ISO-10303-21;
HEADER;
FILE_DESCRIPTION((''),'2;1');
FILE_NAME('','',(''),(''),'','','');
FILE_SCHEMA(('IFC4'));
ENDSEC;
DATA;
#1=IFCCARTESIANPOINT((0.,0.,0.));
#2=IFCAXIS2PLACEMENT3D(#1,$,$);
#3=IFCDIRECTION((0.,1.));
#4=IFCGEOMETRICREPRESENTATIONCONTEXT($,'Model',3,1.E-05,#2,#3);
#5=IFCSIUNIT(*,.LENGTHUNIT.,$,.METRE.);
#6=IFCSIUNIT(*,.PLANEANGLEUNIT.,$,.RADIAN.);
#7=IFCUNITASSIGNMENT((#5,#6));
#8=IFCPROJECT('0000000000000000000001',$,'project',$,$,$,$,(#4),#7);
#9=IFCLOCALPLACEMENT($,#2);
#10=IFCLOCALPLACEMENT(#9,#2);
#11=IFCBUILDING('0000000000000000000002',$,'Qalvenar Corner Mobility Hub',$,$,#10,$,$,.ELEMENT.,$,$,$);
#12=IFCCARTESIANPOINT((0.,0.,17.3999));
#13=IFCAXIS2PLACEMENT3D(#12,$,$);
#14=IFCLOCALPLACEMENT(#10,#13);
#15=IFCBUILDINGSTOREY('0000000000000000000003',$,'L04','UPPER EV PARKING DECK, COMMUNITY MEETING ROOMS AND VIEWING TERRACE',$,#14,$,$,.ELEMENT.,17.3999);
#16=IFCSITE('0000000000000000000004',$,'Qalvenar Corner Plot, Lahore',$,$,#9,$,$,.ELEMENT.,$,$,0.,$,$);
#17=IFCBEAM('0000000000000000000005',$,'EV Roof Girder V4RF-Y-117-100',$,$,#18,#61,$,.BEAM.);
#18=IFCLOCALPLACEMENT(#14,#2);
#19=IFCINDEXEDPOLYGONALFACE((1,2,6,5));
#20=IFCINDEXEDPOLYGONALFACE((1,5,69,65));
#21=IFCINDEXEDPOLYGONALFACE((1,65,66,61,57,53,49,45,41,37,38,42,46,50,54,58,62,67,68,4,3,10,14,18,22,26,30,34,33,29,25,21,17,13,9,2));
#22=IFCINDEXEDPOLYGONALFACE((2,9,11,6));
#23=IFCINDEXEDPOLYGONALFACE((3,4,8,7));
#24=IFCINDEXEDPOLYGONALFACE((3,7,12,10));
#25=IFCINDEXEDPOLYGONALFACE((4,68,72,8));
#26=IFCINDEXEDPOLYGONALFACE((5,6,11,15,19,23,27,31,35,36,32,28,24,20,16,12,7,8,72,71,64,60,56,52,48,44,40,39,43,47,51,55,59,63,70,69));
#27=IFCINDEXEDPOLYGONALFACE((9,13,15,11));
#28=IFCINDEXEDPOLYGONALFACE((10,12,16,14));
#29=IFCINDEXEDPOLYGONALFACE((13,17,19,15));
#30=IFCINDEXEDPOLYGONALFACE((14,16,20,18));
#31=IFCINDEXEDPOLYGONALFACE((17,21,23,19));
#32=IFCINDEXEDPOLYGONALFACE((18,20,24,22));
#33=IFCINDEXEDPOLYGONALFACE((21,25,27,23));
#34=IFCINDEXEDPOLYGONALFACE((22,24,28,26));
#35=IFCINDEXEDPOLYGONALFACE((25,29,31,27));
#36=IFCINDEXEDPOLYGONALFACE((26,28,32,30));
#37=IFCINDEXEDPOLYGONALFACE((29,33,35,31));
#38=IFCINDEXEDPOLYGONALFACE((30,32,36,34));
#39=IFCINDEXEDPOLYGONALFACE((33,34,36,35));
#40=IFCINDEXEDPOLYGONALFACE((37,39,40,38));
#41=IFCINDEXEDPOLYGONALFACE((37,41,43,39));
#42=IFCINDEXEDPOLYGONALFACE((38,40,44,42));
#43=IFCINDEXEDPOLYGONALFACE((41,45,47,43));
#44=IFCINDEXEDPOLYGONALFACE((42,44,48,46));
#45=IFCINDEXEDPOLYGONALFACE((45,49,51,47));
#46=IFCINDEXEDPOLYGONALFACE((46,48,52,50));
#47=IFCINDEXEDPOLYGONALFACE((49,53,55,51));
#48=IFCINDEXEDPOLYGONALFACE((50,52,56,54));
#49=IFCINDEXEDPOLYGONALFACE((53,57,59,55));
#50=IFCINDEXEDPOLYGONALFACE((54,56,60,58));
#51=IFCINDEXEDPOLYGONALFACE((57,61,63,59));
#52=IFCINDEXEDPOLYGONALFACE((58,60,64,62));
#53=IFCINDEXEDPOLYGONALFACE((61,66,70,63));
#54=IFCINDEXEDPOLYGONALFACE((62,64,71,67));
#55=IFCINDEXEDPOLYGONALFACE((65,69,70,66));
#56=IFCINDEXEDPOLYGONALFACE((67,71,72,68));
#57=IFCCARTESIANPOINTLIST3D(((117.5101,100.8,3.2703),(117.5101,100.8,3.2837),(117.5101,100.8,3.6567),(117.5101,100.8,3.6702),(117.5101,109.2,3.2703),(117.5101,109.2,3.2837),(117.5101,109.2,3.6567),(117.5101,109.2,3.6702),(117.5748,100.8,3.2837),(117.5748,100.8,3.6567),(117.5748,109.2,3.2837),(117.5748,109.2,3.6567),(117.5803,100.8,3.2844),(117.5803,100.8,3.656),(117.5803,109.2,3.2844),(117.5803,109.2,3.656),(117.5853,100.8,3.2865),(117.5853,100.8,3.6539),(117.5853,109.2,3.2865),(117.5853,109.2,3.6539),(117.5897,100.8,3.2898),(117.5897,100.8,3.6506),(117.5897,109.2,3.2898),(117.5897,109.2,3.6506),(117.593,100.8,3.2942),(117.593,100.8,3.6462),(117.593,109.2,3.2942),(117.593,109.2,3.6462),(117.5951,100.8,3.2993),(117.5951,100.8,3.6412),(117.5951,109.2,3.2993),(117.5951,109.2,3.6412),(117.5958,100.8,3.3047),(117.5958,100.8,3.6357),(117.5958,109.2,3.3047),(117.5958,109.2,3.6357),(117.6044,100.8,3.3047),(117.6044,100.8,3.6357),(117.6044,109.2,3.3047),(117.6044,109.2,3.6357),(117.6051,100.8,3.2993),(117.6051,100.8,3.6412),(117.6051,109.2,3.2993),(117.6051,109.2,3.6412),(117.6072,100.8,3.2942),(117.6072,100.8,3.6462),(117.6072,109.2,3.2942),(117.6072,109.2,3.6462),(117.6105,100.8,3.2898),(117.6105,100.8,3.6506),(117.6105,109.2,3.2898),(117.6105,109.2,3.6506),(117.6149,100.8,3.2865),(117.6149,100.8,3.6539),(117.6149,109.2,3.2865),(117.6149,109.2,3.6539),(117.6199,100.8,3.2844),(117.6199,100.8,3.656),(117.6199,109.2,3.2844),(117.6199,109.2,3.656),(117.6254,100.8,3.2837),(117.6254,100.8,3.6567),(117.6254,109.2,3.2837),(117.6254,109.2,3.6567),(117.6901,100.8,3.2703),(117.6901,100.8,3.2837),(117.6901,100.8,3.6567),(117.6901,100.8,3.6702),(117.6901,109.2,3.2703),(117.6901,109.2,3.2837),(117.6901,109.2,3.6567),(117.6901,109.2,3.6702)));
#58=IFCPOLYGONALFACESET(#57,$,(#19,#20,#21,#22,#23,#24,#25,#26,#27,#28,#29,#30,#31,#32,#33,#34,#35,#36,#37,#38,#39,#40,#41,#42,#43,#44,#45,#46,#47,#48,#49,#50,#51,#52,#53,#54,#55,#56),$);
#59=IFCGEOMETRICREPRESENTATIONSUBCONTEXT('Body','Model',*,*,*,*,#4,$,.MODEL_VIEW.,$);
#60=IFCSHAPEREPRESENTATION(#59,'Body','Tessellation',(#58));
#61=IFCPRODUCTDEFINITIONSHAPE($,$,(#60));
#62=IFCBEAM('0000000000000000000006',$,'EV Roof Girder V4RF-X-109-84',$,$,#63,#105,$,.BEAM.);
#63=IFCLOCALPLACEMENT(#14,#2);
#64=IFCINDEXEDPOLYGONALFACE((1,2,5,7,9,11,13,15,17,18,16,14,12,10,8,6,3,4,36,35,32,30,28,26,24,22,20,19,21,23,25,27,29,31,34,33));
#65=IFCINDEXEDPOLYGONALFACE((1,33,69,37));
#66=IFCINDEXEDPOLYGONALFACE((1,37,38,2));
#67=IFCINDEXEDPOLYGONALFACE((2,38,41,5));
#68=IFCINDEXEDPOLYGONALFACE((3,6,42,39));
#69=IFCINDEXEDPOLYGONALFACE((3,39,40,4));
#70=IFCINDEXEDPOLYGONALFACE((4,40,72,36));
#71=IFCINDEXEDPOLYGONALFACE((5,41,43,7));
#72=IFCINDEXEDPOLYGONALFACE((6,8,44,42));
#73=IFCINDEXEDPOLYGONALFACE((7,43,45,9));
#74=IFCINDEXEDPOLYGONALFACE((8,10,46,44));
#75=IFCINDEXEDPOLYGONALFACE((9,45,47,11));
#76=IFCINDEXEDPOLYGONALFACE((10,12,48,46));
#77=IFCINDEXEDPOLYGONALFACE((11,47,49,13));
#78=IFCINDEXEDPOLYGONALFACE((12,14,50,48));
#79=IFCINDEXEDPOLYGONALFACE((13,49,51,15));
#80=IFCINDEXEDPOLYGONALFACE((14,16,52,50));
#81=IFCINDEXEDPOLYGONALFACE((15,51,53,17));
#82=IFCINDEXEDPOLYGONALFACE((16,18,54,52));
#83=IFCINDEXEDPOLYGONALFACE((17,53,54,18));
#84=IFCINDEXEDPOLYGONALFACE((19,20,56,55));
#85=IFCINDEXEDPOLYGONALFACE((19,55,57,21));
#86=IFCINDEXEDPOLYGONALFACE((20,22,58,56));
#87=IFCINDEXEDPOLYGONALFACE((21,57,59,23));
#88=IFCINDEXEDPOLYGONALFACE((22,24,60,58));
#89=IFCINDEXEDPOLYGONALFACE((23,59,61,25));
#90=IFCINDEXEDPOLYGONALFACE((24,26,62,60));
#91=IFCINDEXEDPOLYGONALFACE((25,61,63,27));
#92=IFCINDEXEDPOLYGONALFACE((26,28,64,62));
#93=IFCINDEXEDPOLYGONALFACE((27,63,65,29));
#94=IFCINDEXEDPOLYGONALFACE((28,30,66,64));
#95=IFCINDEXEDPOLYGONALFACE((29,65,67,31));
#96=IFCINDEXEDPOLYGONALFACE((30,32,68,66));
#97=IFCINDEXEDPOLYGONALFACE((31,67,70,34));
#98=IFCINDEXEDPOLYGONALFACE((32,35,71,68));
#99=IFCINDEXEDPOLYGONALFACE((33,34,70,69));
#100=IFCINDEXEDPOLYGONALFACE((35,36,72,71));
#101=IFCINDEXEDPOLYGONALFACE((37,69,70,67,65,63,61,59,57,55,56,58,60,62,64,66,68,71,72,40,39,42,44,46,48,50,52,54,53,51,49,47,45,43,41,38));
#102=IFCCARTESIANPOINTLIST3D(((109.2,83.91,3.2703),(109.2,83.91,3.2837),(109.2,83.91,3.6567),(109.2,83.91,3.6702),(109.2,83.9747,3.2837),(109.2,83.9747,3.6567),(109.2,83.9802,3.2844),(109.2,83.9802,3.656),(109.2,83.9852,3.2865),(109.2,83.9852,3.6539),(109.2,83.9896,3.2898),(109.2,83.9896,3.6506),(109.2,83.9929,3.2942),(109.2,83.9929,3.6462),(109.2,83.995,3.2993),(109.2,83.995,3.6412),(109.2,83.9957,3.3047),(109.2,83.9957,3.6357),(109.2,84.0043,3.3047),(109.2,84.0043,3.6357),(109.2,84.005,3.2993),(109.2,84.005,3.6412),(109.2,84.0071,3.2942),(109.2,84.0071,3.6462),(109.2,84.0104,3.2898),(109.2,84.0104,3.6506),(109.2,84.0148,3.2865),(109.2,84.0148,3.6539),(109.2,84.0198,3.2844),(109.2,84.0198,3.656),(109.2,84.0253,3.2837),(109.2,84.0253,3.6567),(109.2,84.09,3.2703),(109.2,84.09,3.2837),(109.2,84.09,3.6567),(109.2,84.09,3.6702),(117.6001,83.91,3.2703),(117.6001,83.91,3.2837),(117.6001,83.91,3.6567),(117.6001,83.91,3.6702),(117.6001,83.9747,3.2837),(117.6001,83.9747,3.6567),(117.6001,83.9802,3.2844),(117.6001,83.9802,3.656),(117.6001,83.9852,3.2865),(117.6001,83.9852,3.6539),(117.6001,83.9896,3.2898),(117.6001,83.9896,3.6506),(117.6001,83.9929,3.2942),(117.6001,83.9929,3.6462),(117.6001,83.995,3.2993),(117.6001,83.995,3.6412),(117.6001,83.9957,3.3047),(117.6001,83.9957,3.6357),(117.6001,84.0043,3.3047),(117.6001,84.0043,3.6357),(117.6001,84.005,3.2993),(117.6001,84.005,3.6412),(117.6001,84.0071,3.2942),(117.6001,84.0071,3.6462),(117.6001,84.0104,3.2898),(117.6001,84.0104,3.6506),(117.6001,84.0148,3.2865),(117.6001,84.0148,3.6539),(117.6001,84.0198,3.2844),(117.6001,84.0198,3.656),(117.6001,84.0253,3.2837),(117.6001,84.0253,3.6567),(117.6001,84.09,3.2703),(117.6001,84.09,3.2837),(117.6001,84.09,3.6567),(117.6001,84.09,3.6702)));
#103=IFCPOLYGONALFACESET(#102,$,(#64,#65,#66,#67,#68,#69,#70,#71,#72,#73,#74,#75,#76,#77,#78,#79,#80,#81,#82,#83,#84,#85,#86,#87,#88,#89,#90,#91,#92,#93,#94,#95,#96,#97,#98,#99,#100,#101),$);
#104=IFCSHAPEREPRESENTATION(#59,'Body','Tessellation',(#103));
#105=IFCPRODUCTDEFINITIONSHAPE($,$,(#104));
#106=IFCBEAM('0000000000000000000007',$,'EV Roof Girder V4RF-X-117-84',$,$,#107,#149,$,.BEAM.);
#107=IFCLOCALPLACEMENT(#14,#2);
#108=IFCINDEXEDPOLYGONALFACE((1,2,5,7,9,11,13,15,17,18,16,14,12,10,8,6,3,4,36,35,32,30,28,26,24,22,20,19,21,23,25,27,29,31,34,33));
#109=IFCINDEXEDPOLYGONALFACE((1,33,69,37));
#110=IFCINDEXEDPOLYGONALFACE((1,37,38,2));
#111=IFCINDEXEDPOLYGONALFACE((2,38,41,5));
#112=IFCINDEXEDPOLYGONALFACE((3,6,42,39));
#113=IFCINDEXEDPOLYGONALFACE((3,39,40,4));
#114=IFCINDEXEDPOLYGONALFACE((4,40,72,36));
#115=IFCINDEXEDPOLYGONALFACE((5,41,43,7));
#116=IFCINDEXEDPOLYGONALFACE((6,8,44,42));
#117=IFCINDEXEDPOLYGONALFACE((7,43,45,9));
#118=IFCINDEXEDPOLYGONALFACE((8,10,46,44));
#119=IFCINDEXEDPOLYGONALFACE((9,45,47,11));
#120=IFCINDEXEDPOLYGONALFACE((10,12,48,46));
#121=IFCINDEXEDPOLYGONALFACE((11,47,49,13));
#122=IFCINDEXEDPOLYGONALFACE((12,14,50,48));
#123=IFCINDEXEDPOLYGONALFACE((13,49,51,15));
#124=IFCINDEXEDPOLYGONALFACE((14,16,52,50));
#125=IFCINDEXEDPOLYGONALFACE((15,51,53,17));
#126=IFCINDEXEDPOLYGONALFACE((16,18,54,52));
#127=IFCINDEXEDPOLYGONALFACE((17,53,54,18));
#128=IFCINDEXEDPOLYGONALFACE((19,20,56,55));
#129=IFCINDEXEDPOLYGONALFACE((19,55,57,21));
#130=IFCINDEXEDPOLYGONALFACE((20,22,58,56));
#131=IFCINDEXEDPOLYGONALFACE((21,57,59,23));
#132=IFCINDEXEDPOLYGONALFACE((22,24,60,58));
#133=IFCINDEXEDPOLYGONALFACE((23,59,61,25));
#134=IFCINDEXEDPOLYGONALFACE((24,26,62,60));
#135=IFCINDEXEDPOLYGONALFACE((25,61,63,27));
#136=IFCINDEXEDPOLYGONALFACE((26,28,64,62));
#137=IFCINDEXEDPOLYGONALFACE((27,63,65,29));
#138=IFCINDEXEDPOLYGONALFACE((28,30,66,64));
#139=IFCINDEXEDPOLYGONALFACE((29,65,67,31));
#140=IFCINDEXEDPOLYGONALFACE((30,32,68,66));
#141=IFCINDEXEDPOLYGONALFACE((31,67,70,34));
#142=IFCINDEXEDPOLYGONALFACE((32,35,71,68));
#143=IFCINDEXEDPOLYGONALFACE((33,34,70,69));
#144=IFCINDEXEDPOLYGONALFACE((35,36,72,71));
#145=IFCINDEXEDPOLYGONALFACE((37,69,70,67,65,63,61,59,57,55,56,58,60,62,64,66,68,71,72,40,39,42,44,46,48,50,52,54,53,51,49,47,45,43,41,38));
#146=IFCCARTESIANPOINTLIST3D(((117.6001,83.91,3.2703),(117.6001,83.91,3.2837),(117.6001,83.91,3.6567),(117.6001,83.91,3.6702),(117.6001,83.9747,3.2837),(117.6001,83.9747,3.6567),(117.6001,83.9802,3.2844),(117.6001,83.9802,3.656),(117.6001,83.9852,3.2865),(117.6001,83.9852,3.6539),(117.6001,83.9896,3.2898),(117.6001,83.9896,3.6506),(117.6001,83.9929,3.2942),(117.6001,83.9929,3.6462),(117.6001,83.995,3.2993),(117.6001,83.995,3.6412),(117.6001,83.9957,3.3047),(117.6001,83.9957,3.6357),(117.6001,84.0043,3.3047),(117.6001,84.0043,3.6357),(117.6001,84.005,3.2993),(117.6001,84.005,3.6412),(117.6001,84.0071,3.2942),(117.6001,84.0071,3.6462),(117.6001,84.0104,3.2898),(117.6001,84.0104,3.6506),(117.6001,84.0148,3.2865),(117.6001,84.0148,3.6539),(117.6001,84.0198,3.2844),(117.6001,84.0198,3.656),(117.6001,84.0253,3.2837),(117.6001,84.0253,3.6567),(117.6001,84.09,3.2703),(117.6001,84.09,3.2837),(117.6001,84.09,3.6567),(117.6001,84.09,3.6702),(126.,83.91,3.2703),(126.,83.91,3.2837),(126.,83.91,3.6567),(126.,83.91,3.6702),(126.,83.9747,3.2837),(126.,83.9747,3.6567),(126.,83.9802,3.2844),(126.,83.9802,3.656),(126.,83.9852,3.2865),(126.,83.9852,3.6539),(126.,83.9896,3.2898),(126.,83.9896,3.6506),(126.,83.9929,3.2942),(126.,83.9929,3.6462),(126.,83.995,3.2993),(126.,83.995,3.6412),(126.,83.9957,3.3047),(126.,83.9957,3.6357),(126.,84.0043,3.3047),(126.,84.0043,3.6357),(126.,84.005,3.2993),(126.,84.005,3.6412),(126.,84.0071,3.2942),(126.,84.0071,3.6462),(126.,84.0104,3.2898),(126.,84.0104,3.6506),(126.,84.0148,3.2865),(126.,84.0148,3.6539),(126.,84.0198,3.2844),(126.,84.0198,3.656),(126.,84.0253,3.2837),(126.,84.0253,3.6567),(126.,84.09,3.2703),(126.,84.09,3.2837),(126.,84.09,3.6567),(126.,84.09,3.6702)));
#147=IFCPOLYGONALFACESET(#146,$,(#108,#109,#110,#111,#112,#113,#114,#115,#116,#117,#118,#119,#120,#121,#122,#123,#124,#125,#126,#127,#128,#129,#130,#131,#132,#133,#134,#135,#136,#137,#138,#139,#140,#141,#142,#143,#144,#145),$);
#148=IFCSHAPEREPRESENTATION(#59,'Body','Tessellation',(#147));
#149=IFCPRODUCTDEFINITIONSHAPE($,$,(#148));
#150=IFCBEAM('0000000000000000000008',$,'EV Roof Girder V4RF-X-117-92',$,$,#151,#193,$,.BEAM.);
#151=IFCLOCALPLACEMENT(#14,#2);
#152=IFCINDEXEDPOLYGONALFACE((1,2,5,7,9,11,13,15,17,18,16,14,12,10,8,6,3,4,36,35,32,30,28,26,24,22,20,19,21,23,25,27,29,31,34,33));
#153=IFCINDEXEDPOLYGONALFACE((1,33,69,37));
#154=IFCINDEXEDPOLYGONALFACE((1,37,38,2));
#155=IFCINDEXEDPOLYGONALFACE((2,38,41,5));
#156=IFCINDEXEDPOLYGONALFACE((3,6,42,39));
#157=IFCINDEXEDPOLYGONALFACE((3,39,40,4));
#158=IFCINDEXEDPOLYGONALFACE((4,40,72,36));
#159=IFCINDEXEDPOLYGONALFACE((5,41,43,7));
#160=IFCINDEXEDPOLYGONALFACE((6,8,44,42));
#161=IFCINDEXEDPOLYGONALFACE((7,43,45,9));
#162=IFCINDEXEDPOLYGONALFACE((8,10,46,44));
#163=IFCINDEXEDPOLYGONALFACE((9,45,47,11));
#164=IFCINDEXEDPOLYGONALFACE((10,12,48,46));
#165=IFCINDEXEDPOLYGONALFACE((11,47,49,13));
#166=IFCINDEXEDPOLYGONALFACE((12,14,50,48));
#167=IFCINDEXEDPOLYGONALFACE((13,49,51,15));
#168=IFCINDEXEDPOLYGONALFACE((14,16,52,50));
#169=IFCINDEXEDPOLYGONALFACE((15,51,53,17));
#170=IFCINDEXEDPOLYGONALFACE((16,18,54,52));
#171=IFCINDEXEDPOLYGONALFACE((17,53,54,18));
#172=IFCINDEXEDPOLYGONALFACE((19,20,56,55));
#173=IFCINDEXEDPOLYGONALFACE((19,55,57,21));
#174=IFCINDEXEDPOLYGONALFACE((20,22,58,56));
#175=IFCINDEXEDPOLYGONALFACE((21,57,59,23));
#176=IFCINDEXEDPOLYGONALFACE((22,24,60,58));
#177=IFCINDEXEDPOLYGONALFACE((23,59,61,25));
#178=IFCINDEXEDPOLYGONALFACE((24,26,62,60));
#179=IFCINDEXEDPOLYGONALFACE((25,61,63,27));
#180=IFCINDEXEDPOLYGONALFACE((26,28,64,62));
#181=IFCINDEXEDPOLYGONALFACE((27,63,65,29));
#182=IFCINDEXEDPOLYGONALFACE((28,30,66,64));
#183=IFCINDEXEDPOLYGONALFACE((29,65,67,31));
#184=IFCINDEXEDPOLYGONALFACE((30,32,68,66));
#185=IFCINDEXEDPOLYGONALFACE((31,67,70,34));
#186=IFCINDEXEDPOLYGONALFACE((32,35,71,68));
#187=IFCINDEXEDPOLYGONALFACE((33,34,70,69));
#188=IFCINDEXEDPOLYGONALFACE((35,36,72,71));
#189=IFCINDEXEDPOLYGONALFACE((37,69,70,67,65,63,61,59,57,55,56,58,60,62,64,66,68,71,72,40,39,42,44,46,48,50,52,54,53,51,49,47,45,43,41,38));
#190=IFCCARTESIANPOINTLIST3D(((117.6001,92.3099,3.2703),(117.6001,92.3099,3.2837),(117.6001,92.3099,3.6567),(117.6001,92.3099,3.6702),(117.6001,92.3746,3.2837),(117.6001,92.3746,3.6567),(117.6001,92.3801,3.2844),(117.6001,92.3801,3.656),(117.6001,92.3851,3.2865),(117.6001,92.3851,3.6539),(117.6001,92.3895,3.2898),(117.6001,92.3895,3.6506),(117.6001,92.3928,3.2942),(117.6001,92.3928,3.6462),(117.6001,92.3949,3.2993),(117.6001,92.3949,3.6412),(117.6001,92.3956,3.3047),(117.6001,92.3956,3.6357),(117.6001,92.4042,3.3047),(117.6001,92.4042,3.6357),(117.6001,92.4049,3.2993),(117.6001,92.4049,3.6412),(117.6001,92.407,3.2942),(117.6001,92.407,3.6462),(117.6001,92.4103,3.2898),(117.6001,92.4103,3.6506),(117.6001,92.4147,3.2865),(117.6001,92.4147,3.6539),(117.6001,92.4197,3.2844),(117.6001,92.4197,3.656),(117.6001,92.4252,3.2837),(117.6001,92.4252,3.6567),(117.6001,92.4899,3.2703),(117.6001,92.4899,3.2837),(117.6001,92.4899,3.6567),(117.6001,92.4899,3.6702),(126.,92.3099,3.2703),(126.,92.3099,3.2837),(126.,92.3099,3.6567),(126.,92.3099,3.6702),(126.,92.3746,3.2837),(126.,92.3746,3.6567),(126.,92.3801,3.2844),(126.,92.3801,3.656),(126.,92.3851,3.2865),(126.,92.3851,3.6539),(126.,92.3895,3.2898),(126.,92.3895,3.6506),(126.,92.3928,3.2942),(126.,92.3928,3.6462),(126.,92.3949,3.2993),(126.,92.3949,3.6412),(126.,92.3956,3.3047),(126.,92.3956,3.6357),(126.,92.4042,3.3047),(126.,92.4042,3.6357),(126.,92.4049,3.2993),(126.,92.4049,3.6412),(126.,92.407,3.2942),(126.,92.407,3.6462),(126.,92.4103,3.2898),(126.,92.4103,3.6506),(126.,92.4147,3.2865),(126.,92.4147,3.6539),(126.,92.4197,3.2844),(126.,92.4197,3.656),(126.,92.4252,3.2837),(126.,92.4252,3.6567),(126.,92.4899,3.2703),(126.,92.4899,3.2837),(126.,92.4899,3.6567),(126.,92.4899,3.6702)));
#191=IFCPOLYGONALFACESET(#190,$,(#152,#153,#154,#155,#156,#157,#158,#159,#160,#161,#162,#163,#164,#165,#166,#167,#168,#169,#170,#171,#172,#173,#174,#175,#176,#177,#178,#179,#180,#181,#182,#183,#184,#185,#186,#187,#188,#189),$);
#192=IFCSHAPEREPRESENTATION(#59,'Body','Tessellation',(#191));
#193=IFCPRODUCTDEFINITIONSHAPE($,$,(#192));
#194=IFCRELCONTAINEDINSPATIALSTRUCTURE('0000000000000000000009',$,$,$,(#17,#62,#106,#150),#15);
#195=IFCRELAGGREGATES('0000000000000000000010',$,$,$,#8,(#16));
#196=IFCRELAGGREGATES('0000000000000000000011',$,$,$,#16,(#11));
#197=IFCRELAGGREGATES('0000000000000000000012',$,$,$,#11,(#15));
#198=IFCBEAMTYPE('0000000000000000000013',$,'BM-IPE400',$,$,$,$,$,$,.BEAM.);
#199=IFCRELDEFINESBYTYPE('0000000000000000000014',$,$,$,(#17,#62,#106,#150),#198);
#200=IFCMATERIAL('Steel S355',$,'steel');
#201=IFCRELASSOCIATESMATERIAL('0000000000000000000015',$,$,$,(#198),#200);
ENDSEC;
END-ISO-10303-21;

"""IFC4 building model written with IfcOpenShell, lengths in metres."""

from ifc_helpers import new_model, si_unit, direction, frame, origin, origin_2d, place, context, subcontext, project, spatial, i_section, extrude, material, material_profile, profile_set, type_object, element, save


model = new_model("IFC4")

# Units and contexts
model_context = context("Model", 3, precision=1e-05, world=origin(), true_north=direction((0.0, 1.0)))
body_context = subcontext(model_context, "Body", "Model", "MODEL_VIEW")
ifc_project = project(units=[si_unit("LENGTHUNIT", "METRE"), si_unit("PLANEANGLEUNIT", "RADIAN")], contexts=[model_context])

# Site, building, storey
site_placement = place(None, origin())
site = spatial("IfcSite", under=ifc_project, at=site_placement, Name="Qalvenar Corner Plot, Lahore", CompositionType="ELEMENT", RefElevation=0.0)
building_placement = place(site_placement, origin())
building = spatial("IfcBuilding", under=site, at=building_placement, Name="Qalvenar Corner Mobility Hub", CompositionType="ELEMENT")
storey_placement = place(building_placement, frame((0.0, 0.0, 17.3999)))
storey = spatial("IfcBuildingStorey", under=building, at=storey_placement, Name="L04", Description="UPPER EV PARKING DECK, COMMUNITY MEETING ROOMS AND VIEWING TERRACE", CompositionType="ELEMENT", Elevation=17.3999)

# Shared definitions
ifc_material = material(Name="Steel S355", Category="steel")

# Beams
ifc_material_profile_1 = material_profile(ifc_material, i_section(OverallWidth=0.1799, OverallDepth=0.3999, WebThickness=0.0085, FlangeThickness=0.0134, FilletRadius=0.021, at=origin_2d()), Name="IPE400")
ifc_profile_set_1 = profile_set([ifc_material_profile_1], Name="Steel S355")
beam_type_1 = type_object("IfcBeamType", Name="BM-IPE400", PredefinedType="BEAM", material=ifc_profile_set_1)
beam_1_placement = place(storey_placement, frame((117.6001, 100.8, 3.4702), z_axis=(0.0, 1.0, 0.0), x_axis=(-1.0, 0.0, 0.0)))
element("IfcBeam", 1, at=beam_1_placement, inside=storey, type_object=beam_type_1, Name="EV Roof Girder V4RF-Y-117-100", PredefinedType="BEAM", context=body_context, shape_type="SweptSolid", body=[
    extrude(i_section(OverallWidth=0.1799, OverallDepth=0.3999, WebThickness=0.0085, FlangeThickness=0.0134, FilletRadius=0.021, at=origin_2d()), origin(), (0.0, 0.0, 1.0), 8.3999),
])
beam_2_placement = place(storey_placement, frame((109.2, 84.0, 3.4702), z_axis=(1.0, 0.0, 0.0), x_axis=(0.0, 1.0, 0.0)))
element("IfcBeam", 2, at=beam_2_placement, inside=storey, type_object=beam_type_1, Name="EV Roof Girder V4RF-X-109-84", PredefinedType="BEAM", context=body_context, shape_type="SweptSolid", body=[
    extrude(i_section(OverallWidth=0.1799, OverallDepth=0.3999, WebThickness=0.0085, FlangeThickness=0.0134, FilletRadius=0.021, at=origin_2d()), origin(), (0.0, 0.0, 1.0), 8.4001),
])
for number, where, z_axis, x_axis, name in (
    (3, (117.6001, 84.0, 3.4702), (1.0, 0.0, 0.0), (0.0, 1.0, 0.0), "EV Roof Girder V4RF-X-117-84"),
    (4, (117.6001, 92.3999, 3.4702), (1.0, 0.0, 0.0), (0.0, 1.0, 0.0), "EV Roof Girder V4RF-X-117-92"),
):
    element("IfcBeam", number, at=place(storey_placement, frame(where, z_axis=z_axis, x_axis=x_axis)), inside=storey, type_object=beam_type_1, Name=name, PredefinedType="BEAM", context=body_context, shape_type="SweptSolid", body=[
        extrude(i_section(OverallWidth=0.1799, OverallDepth=0.3999, WebThickness=0.0085, FlangeThickness=0.0134, FilletRadius=0.021, at=origin_2d()), origin(), (0.0, 0.0, 1.0), 8.3999),
    ])

save(model, "model.ifc")
